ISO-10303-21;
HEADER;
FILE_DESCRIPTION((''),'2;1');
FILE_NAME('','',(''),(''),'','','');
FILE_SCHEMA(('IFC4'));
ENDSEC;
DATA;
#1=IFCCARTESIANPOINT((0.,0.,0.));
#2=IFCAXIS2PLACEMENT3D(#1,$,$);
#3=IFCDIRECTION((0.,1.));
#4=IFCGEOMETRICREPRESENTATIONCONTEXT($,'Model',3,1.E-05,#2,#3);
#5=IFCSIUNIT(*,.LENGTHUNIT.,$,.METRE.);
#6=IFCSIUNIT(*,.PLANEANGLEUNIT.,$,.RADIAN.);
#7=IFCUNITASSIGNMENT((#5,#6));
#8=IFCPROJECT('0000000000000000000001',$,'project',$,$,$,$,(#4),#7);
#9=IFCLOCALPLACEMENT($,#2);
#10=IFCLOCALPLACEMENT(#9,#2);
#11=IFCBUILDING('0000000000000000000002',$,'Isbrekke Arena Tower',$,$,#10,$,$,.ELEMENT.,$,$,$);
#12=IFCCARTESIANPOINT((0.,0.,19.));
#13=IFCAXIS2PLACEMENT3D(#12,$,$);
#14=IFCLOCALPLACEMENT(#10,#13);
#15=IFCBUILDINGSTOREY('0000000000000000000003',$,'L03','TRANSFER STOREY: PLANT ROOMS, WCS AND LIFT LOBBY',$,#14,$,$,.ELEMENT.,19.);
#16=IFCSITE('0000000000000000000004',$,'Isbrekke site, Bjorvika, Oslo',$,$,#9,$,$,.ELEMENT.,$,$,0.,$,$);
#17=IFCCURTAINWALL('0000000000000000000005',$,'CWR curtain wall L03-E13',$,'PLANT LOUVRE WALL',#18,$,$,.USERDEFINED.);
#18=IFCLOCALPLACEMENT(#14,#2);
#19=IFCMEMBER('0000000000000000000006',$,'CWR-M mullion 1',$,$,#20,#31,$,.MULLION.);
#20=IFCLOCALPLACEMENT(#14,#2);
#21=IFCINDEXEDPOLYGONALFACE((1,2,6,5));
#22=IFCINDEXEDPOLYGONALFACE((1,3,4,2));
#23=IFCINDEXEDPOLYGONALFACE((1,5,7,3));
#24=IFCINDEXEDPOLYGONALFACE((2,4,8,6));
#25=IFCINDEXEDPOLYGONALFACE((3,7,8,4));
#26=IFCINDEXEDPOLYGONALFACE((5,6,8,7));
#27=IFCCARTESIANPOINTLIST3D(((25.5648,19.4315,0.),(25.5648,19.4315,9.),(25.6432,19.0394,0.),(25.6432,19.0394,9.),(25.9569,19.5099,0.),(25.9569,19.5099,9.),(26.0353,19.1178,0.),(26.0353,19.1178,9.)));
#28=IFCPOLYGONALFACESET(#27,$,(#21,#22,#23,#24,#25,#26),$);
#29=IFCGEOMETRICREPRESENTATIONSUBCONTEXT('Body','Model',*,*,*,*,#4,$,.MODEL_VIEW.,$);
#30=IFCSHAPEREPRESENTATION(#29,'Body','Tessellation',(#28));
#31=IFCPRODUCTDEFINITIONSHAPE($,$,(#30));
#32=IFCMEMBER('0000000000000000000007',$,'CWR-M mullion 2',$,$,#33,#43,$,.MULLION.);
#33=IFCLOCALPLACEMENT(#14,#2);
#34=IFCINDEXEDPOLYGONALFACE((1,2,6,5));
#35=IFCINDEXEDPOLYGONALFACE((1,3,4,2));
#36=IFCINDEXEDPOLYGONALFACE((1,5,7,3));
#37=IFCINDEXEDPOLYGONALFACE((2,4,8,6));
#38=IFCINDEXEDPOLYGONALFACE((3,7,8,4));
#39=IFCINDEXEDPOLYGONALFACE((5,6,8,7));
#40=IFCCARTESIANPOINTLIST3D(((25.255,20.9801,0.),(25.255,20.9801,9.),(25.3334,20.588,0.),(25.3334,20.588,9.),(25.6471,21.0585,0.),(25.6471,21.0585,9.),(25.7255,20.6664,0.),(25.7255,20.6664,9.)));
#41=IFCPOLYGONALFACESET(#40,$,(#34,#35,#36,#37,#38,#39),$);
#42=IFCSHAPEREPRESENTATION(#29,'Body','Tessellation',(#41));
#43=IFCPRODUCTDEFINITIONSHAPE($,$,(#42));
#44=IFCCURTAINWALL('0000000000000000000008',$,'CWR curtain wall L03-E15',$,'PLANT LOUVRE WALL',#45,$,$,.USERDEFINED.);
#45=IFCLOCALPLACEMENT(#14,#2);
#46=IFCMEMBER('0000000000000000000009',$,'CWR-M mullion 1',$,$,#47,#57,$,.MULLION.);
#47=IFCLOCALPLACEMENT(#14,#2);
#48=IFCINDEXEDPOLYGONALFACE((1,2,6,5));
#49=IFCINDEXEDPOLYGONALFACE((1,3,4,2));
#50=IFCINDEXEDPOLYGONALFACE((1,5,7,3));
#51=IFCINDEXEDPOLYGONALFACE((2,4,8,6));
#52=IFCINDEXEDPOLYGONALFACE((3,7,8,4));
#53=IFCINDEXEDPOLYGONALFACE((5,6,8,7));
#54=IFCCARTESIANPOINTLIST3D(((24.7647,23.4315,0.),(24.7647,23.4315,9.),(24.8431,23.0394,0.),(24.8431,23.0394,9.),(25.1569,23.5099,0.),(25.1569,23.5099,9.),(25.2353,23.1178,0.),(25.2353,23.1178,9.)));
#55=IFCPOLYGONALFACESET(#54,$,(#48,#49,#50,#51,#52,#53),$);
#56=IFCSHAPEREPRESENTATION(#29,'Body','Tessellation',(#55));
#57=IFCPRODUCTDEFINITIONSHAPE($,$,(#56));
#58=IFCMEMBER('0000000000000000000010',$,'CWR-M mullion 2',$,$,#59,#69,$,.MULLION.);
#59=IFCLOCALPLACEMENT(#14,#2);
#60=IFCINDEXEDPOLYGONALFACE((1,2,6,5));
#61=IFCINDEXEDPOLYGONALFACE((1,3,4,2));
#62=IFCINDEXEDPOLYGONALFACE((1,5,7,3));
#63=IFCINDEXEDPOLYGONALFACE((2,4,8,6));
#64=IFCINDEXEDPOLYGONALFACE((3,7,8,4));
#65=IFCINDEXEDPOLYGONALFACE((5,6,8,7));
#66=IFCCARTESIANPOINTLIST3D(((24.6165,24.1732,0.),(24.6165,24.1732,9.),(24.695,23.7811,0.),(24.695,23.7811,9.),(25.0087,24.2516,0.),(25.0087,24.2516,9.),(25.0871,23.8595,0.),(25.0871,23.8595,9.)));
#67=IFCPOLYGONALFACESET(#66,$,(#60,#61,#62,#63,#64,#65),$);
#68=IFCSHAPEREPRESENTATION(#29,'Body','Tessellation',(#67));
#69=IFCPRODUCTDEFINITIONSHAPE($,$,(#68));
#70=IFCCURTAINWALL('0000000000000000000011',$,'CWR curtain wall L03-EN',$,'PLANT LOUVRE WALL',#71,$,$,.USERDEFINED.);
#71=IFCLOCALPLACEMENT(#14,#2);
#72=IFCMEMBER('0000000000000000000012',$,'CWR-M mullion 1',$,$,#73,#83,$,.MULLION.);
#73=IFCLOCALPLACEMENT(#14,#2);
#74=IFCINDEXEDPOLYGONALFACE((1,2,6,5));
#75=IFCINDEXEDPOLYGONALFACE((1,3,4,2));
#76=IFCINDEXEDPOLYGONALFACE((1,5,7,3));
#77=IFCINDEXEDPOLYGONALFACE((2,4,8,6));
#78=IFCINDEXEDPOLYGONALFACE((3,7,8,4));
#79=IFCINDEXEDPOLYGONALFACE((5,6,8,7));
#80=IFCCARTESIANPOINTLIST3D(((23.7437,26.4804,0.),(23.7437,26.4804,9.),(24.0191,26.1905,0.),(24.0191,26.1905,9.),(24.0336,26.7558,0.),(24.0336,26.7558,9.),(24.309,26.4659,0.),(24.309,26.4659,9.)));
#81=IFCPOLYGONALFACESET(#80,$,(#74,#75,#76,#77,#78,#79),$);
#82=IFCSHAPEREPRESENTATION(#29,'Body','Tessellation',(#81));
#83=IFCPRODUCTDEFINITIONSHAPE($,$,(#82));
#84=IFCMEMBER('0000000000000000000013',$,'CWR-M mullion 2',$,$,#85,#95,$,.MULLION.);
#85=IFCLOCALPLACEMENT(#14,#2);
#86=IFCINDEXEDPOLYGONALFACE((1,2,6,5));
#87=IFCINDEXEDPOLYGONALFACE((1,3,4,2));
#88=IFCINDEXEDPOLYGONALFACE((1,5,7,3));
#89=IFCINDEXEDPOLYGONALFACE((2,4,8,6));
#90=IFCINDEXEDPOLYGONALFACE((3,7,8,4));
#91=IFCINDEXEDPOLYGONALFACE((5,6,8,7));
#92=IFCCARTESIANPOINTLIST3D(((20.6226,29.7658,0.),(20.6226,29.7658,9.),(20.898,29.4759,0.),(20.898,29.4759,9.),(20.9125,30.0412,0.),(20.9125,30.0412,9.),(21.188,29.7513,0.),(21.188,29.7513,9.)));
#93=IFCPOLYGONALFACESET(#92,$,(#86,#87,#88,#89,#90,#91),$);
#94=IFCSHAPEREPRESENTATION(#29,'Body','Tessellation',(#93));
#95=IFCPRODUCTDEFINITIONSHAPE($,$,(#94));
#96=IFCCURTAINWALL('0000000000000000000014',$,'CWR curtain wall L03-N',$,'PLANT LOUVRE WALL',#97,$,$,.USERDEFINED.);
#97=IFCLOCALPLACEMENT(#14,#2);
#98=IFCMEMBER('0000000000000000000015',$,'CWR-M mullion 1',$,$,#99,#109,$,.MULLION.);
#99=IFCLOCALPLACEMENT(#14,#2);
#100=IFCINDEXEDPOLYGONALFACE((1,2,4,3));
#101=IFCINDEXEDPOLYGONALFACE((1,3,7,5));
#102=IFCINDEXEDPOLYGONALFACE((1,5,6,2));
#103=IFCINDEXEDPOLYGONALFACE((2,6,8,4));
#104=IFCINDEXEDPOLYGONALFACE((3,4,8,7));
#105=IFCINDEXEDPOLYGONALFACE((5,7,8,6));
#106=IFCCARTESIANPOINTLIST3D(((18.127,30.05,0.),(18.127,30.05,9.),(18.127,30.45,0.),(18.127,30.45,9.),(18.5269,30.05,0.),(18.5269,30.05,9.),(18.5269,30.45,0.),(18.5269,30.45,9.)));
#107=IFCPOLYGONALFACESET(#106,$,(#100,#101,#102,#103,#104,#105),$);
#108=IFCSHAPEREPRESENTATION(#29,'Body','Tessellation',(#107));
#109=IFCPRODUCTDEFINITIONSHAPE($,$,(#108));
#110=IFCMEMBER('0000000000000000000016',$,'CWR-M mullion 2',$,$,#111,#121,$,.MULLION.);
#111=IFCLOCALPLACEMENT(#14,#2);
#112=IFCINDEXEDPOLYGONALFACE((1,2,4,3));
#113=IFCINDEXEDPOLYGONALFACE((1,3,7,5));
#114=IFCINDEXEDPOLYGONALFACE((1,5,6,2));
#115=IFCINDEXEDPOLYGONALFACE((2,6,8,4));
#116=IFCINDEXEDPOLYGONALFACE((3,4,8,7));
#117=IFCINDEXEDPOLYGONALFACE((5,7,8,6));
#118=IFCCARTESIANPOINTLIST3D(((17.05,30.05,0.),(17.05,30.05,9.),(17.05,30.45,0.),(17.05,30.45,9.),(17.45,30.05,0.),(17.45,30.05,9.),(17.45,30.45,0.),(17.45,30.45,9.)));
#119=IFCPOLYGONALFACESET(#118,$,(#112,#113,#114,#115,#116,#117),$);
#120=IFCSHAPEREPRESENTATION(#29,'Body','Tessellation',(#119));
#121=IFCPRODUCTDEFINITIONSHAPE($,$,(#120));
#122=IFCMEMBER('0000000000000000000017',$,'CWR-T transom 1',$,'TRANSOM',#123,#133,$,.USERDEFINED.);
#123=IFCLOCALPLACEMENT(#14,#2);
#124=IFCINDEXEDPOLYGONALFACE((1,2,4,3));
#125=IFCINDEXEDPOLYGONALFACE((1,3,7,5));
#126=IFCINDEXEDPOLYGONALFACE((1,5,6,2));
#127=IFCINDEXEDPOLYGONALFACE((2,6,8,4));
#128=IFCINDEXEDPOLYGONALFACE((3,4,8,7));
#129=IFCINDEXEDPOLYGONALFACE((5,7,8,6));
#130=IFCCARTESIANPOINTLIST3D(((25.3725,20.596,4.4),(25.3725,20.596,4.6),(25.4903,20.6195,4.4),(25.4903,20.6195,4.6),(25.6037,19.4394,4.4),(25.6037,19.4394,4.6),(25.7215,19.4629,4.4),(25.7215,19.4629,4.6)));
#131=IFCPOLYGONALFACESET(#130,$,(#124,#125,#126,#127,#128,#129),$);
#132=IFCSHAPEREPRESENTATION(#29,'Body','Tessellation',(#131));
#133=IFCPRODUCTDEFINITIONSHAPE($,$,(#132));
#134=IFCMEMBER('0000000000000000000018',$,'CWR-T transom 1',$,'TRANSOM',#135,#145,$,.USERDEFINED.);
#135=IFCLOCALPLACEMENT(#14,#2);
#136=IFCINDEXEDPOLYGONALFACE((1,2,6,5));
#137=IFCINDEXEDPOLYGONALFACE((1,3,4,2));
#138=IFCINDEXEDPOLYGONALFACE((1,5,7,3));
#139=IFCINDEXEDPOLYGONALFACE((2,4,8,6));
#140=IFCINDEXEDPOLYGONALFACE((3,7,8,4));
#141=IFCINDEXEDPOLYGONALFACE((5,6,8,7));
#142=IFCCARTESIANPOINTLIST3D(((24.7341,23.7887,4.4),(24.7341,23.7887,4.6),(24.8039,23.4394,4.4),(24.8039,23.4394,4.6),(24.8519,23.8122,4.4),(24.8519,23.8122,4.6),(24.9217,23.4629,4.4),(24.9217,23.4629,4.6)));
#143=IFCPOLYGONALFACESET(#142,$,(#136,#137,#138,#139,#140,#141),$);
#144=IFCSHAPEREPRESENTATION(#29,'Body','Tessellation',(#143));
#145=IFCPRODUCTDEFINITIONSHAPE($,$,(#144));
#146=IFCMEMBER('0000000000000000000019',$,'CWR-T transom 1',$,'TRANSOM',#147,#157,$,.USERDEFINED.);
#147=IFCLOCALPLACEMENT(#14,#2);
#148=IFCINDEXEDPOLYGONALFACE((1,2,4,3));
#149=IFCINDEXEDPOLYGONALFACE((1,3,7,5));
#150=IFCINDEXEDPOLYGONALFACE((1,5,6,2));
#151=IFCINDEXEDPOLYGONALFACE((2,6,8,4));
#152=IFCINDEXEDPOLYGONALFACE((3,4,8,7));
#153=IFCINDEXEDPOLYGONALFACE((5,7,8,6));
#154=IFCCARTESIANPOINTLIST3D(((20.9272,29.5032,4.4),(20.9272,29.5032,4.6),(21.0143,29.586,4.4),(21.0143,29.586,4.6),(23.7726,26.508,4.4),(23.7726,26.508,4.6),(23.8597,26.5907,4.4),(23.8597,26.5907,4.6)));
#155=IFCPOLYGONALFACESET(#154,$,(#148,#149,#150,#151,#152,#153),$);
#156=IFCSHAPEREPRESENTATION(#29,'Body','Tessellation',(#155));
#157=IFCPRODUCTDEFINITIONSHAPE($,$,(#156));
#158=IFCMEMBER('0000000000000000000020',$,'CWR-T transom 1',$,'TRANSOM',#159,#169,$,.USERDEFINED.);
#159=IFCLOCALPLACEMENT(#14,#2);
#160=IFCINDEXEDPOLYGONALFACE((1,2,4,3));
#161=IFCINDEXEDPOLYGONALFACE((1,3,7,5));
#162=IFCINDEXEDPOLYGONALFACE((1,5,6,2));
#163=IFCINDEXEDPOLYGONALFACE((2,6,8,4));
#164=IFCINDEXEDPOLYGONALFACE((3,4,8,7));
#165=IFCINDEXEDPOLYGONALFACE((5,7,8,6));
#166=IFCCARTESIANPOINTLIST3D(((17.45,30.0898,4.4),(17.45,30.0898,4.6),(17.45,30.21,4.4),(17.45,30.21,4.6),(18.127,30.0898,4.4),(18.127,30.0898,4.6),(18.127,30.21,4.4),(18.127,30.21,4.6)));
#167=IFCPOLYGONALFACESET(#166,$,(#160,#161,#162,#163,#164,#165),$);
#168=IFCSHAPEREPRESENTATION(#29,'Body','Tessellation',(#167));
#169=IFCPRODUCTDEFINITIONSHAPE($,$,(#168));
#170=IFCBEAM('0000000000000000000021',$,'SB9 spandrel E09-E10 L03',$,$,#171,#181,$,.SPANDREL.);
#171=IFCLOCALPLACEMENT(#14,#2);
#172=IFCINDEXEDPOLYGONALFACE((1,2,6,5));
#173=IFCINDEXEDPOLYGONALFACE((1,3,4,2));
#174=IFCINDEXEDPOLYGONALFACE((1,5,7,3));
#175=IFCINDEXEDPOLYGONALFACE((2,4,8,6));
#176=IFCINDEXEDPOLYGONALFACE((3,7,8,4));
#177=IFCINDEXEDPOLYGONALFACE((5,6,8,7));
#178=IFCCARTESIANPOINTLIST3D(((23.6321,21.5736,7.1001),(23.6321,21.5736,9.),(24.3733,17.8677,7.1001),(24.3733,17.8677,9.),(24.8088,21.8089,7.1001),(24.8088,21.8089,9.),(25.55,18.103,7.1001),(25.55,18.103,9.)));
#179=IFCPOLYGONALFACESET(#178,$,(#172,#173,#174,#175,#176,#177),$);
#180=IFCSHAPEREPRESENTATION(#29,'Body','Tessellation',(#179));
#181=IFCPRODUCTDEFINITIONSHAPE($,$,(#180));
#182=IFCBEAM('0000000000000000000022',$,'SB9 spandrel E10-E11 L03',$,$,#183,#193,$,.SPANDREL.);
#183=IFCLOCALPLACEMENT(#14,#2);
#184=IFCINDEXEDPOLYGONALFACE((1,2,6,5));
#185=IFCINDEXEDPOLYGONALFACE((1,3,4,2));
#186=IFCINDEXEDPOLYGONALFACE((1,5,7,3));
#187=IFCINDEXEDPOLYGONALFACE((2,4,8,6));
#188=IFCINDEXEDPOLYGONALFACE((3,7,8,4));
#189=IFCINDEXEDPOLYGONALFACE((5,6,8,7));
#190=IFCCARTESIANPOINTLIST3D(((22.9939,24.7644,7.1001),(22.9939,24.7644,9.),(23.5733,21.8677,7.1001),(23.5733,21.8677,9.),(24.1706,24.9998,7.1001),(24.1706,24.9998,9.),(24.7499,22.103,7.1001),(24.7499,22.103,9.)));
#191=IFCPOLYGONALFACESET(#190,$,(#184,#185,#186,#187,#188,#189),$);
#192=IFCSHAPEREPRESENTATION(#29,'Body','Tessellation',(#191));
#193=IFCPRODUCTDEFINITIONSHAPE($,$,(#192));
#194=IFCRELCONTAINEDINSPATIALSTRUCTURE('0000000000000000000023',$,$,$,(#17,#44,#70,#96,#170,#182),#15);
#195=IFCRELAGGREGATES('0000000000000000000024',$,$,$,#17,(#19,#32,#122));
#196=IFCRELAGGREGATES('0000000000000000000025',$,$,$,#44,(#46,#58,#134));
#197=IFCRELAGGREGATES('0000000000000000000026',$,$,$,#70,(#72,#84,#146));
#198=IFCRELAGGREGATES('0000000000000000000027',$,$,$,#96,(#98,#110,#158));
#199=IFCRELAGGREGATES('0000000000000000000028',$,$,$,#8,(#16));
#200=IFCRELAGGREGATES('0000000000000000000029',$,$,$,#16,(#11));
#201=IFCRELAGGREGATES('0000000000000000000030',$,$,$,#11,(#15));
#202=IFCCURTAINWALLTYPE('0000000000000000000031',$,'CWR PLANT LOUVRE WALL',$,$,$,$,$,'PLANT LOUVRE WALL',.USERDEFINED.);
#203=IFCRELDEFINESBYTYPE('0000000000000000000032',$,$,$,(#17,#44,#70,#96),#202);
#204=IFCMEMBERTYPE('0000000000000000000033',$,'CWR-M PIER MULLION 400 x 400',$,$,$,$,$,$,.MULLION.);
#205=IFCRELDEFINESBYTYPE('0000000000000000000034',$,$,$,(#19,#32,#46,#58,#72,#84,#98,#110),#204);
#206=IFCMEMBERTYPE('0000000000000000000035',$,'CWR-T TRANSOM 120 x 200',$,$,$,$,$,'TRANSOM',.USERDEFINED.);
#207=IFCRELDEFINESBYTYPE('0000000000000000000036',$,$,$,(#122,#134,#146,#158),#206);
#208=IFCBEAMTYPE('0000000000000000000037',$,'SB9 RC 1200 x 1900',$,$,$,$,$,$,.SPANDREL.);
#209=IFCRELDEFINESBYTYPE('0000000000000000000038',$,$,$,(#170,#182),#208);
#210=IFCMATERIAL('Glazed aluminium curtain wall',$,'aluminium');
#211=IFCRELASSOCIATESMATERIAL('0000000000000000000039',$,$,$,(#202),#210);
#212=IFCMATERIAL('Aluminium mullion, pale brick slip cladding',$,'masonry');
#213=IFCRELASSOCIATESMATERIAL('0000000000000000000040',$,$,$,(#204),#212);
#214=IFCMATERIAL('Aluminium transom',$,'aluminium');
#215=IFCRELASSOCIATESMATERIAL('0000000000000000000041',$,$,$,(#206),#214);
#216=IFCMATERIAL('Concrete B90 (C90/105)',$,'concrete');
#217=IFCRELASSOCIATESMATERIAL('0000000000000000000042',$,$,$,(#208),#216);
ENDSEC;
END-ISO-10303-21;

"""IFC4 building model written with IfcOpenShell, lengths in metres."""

from ifc_helpers import new_model, si_unit, direction, frame, origin, origin_2d, place, context, subcontext, project, spatial, rectangle, extrude, material, material_profile, profile_set, type_object, element, aggregate, save


model = new_model("IFC4")

# Units and contexts
model_context = context("Model", 3, precision=1e-05, world=origin(), true_north=direction((0.0, 1.0)))
body_context = subcontext(model_context, "Body", "Model", "MODEL_VIEW")
ifc_project = project(units=[si_unit("LENGTHUNIT", "METRE"), si_unit("PLANEANGLEUNIT", "RADIAN")], contexts=[model_context])

# Site, building, storey
site_placement = place(None, origin())
site = spatial("IfcSite", under=ifc_project, at=site_placement, Name="Isbrekke site, Bjorvika, Oslo", CompositionType="ELEMENT", RefElevation=0.0)
building_placement = place(site_placement, origin())
building = spatial("IfcBuilding", under=site, at=building_placement, Name="Isbrekke Arena Tower", CompositionType="ELEMENT")
storey_placement = place(building_placement, frame((0.0, 0.0, 19.0)))
storey = spatial("IfcBuildingStorey", under=building, at=storey_placement, Name="L03", Description="TRANSFER STOREY: PLANT ROOMS, WCS AND LIFT LOBBY", CompositionType="ELEMENT", Elevation=19.0)

# Curtain walls, members
ifc_material_1 = material(Name="Glazed aluminium curtain wall", Category="aluminium")
curtain_wall_type = type_object("IfcCurtainWallType", Name="CWR PLANT LOUVRE WALL", ElementType="PLANT LOUVRE WALL", PredefinedType="USERDEFINED", material=ifc_material_1)
curtain_wall_1_placement = place(storey_placement, origin())
curtain_wall_1 = element("IfcCurtainWall", 1, at=curtain_wall_1_placement, inside=storey, type_object=curtain_wall_type, Name="CWR curtain wall L03-E13", ObjectType="PLANT LOUVRE WALL", PredefinedType="USERDEFINED")
ifc_material_2 = material(Name="Aluminium mullion, pale brick slip cladding", Category="masonry")
ifc_material_profile_1 = material_profile(ifc_material_2, rectangle(XDim=0.3999, YDim=0.3999, at=origin_2d()), Name="PIER 400X400")
ifc_profile_set_1 = profile_set([ifc_material_profile_1], Name="Aluminium mullion, pale brick slip cladding")
member_type_1 = type_object("IfcMemberType", Name="CWR-M PIER MULLION 400 x 400", PredefinedType="MULLION", material=ifc_profile_set_1)
member_1_placement = place(storey_placement, frame((25.8, 19.2747, 0.0), z_axis=(0.0, 0.0, 1.0), x_axis=(-0.196116, 0.980581, 0.0)))
member_1 = element("IfcMember", 2, at=member_1_placement, type_object=member_type_1, Name="CWR-M mullion 1", PredefinedType="MULLION", context=body_context, shape_type="SweptSolid", body=[
    extrude(rectangle(XDim=0.3999, YDim=0.3999, at=origin_2d()), origin(), (0.0, 0.0, 1.0), 9.0),
])
member_2_placement = place(storey_placement, frame((25.4902, 20.8232, 0.0), z_axis=(0.0, 0.0, 1.0), x_axis=(-0.196116, 0.980581, 0.0)))
member_2 = element("IfcMember", 3, at=member_2_placement, type_object=member_type_1, Name="CWR-M mullion 2", PredefinedType="MULLION", context=body_context, shape_type="SweptSolid", body=[
    extrude(rectangle(XDim=0.3999, YDim=0.3999, at=origin_2d()), origin(), (0.0, 0.0, 1.0), 9.0),
])
curtain_wall_2_placement = place(storey_placement, origin())
curtain_wall_2 = element("IfcCurtainWall", 4, at=curtain_wall_2_placement, inside=storey, type_object=curtain_wall_type, Name="CWR curtain wall L03-E15", ObjectType="PLANT LOUVRE WALL", PredefinedType="USERDEFINED")
member_3_placement = place(storey_placement, frame((25.0, 23.2747, 0.0), z_axis=(0.0, 0.0, 1.0), x_axis=(-0.196116, 0.980581, 0.0)))
member_3 = element("IfcMember", 5, at=member_3_placement, type_object=member_type_1, Name="CWR-M mullion 1", PredefinedType="MULLION", context=body_context, shape_type="SweptSolid", body=[
    extrude(rectangle(XDim=0.3999, YDim=0.3999, at=origin_2d()), origin(), (0.0, 0.0, 1.0), 9.0),
])
member_4_placement = place(storey_placement, frame((24.8518, 24.0164, 0.0), z_axis=(0.0, 0.0, 1.0), x_axis=(-0.196116, 0.980581, 0.0)))
member_4 = element("IfcMember", 6, at=member_4_placement, type_object=member_type_1, Name="CWR-M mullion 2", PredefinedType="MULLION", context=body_context, shape_type="SweptSolid", body=[
    extrude(rectangle(XDim=0.3999, YDim=0.3999, at=origin_2d()), origin(), (0.0, 0.0, 1.0), 9.0),
])
curtain_wall_3_placement = place(storey_placement, origin())
curtain_wall_3 = element("IfcCurtainWall", 7, at=curtain_wall_3_placement, inside=storey, type_object=curtain_wall_type, Name="CWR curtain wall L03-EN", ObjectType="PLANT LOUVRE WALL", PredefinedType="USERDEFINED")
member_5_placement = place(storey_placement, frame((24.0264, 26.4731, 0.0), z_axis=(0.0, 0.0, 1.0), x_axis=(-0.688749, 0.724999, 0.0)))
member_5 = element("IfcMember", 8, at=member_5_placement, type_object=member_type_1, Name="CWR-M mullion 1", PredefinedType="MULLION", context=body_context, shape_type="SweptSolid", body=[
    extrude(rectangle(XDim=0.3999, YDim=0.3999, at=origin_2d()), origin(), (0.0, 0.0, 1.0), 9.0),
])
member_6_placement = place(storey_placement, frame((20.9053, 29.7585, 0.0), z_axis=(0.0, 0.0, 1.0), x_axis=(-0.688749, 0.724999, 0.0)))
member_6 = element("IfcMember", 9, at=member_6_placement, type_object=member_type_1, Name="CWR-M mullion 2", PredefinedType="MULLION", context=body_context, shape_type="SweptSolid", body=[
    extrude(rectangle(XDim=0.3999, YDim=0.3999, at=origin_2d()), origin(), (0.0, 0.0, 1.0), 9.0),
])
curtain_wall_4_placement = place(storey_placement, origin())
curtain_wall_4 = element("IfcCurtainWall", 10, at=curtain_wall_4_placement, inside=storey, type_object=curtain_wall_type, Name="CWR curtain wall L03-N", ObjectType="PLANT LOUVRE WALL", PredefinedType="USERDEFINED")
member_7_placement = place(storey_placement, frame((18.3269, 30.25, 0.0), z_axis=(0.0, 0.0, 1.0), x_axis=(-1.0, 0.0, 0.0)))
member_7 = element("IfcMember", 11, at=member_7_placement, type_object=member_type_1, Name="CWR-M mullion 1", PredefinedType="MULLION", context=body_context, shape_type="SweptSolid", body=[
    extrude(rectangle(XDim=0.3999, YDim=0.3999, at=origin_2d()), origin(), (0.0, 0.0, 1.0), 9.0),
])
member_8_placement = place(storey_placement, frame((17.25, 30.25, 0.0), z_axis=(0.0, 0.0, 1.0), x_axis=(-1.0, 0.0, 0.0)))
member_8 = element("IfcMember", 12, at=member_8_placement, type_object=member_type_1, Name="CWR-M mullion 2", PredefinedType="MULLION", context=body_context, shape_type="SweptSolid", body=[
    extrude(rectangle(XDim=0.3999, YDim=0.3999, at=origin_2d()), origin(), (0.0, 0.0, 1.0), 9.0),
])

# Members
ifc_material_3 = material(Name="Aluminium transom", Category="aluminium")
ifc_material_profile_2 = material_profile(ifc_material_3, rectangle(XDim=0.1201, YDim=0.2, at=origin_2d()), Name="TRANSOM 120X200")
ifc_profile_set_2 = profile_set([ifc_material_profile_2], Name="Aluminium transom")
member_type_2 = type_object("IfcMemberType", Name="CWR-T TRANSOM 120 x 200", ElementType="TRANSOM", PredefinedType="USERDEFINED", material=ifc_profile_set_2)
member_9_placement = place(storey_placement, frame((25.6626, 19.4512, 4.5), z_axis=(-0.196037, 0.980597, 0.0), x_axis=(-0.980597, -0.196037, 0.0)))
member_9 = element("IfcMember", 13, at=member_9_placement, type_object=member_type_2, Name="CWR-T transom 1", ObjectType="TRANSOM", PredefinedType="USERDEFINED", context=body_context, shape_type="SweptSolid", body=[
    extrude(rectangle(XDim=0.1201, YDim=0.2, at=origin_2d()), origin(), (0.0, 0.0, 1.0), 1.1794),
])
member_10_placement = place(storey_placement, frame((24.8628, 23.4512, 4.5), z_axis=(-0.195984, 0.980607, 0.0), x_axis=(-0.980607, -0.195984, 0.0)))
member_10 = element("IfcMember", 14, at=member_10_placement, type_object=member_type_2, Name="CWR-T transom 1", ObjectType="TRANSOM", PredefinedType="USERDEFINED", context=body_context, shape_type="SweptSolid", body=[
    extrude(rectangle(XDim=0.1201, YDim=0.2, at=origin_2d()), origin(), (0.0, 0.0, 1.0), 0.3562),
])
member_11_placement = place(storey_placement, frame((23.8162, 26.5493, 4.5), z_axis=(-0.688732, 0.725016, 0.0), x_axis=(-0.725016, -0.688732, 0.0)))
member_11 = element("IfcMember", 15, at=member_11_placement, type_object=member_type_2, Name="CWR-T transom 1", ObjectType="TRANSOM", PredefinedType="USERDEFINED", context=body_context, shape_type="SweptSolid", body=[
    extrude(rectangle(XDim=0.1201, YDim=0.2, at=origin_2d()), origin(), (0.0, 0.0, 1.0), 4.1313),
])
member_12_placement = place(storey_placement, frame((18.127, 30.1499, 4.5), z_axis=(-1.0, 0.0, 0.0), x_axis=(0.0, -1.0, 0.0)))
member_12 = element("IfcMember", 16, at=member_12_placement, type_object=member_type_2, Name="CWR-T transom 1", ObjectType="TRANSOM", PredefinedType="USERDEFINED", context=body_context, shape_type="SweptSolid", body=[
    extrude(rectangle(XDim=0.1201, YDim=0.2, at=origin_2d()), origin(), (0.0, 0.0, 1.0), 0.677),
])

# Beams
ifc_material_4 = material(Name="Concrete B90 (C90/105)", Category="concrete")
ifc_material_profile_3 = material_profile(ifc_material_4, rectangle(XDim=1.2, YDim=1.8999, at=origin_2d()), Name="RC 1200x1900")
ifc_profile_set_3 = profile_set([ifc_material_profile_3], Name="Concrete B90 (C90/105)")
beam_type_1 = type_object("IfcBeamType", Name="SB9 RC 1200 x 1900", PredefinedType="SPANDREL", material=ifc_profile_set_3)
beam_1_placement = place(storey_placement, frame((24.9617, 17.9854, 8.05), z_axis=(-0.196129, 0.980578, 0.0), x_axis=(-0.980578, -0.196129, 0.0)))
element("IfcBeam", 17, at=beam_1_placement, inside=storey, type_object=beam_type_1, Name="SB9 spandrel E09-E10 L03", PredefinedType="SPANDREL", context=body_context, shape_type="SweptSolid", body=[
    extrude(rectangle(XDim=1.2, YDim=1.8999, at=origin_2d()), origin(), (0.0, 0.0, 1.0), 3.7793),
])
beam_2_placement = place(storey_placement, frame((24.1616, 21.9854, 8.05), z_axis=(-0.196116, 0.980581, 0.0), x_axis=(-0.980581, -0.196116, 0.0)))
element("IfcBeam", 18, at=beam_2_placement, inside=storey, type_object=beam_type_1, Name="SB9 spandrel E10-E11 L03", PredefinedType="SPANDREL", context=body_context, shape_type="SweptSolid", body=[
    extrude(rectangle(XDim=1.2, YDim=1.8999, at=origin_2d()), origin(), (0.0, 0.0, 1.0), 2.9541),
])

aggregate(curtain_wall_1, [member_1, member_2, member_9])
aggregate(curtain_wall_2, [member_3, member_4, member_10])
aggregate(curtain_wall_3, [member_5, member_6, member_11])
aggregate(curtain_wall_4, [member_7, member_8, member_12])

save(model, "model.ifc")
